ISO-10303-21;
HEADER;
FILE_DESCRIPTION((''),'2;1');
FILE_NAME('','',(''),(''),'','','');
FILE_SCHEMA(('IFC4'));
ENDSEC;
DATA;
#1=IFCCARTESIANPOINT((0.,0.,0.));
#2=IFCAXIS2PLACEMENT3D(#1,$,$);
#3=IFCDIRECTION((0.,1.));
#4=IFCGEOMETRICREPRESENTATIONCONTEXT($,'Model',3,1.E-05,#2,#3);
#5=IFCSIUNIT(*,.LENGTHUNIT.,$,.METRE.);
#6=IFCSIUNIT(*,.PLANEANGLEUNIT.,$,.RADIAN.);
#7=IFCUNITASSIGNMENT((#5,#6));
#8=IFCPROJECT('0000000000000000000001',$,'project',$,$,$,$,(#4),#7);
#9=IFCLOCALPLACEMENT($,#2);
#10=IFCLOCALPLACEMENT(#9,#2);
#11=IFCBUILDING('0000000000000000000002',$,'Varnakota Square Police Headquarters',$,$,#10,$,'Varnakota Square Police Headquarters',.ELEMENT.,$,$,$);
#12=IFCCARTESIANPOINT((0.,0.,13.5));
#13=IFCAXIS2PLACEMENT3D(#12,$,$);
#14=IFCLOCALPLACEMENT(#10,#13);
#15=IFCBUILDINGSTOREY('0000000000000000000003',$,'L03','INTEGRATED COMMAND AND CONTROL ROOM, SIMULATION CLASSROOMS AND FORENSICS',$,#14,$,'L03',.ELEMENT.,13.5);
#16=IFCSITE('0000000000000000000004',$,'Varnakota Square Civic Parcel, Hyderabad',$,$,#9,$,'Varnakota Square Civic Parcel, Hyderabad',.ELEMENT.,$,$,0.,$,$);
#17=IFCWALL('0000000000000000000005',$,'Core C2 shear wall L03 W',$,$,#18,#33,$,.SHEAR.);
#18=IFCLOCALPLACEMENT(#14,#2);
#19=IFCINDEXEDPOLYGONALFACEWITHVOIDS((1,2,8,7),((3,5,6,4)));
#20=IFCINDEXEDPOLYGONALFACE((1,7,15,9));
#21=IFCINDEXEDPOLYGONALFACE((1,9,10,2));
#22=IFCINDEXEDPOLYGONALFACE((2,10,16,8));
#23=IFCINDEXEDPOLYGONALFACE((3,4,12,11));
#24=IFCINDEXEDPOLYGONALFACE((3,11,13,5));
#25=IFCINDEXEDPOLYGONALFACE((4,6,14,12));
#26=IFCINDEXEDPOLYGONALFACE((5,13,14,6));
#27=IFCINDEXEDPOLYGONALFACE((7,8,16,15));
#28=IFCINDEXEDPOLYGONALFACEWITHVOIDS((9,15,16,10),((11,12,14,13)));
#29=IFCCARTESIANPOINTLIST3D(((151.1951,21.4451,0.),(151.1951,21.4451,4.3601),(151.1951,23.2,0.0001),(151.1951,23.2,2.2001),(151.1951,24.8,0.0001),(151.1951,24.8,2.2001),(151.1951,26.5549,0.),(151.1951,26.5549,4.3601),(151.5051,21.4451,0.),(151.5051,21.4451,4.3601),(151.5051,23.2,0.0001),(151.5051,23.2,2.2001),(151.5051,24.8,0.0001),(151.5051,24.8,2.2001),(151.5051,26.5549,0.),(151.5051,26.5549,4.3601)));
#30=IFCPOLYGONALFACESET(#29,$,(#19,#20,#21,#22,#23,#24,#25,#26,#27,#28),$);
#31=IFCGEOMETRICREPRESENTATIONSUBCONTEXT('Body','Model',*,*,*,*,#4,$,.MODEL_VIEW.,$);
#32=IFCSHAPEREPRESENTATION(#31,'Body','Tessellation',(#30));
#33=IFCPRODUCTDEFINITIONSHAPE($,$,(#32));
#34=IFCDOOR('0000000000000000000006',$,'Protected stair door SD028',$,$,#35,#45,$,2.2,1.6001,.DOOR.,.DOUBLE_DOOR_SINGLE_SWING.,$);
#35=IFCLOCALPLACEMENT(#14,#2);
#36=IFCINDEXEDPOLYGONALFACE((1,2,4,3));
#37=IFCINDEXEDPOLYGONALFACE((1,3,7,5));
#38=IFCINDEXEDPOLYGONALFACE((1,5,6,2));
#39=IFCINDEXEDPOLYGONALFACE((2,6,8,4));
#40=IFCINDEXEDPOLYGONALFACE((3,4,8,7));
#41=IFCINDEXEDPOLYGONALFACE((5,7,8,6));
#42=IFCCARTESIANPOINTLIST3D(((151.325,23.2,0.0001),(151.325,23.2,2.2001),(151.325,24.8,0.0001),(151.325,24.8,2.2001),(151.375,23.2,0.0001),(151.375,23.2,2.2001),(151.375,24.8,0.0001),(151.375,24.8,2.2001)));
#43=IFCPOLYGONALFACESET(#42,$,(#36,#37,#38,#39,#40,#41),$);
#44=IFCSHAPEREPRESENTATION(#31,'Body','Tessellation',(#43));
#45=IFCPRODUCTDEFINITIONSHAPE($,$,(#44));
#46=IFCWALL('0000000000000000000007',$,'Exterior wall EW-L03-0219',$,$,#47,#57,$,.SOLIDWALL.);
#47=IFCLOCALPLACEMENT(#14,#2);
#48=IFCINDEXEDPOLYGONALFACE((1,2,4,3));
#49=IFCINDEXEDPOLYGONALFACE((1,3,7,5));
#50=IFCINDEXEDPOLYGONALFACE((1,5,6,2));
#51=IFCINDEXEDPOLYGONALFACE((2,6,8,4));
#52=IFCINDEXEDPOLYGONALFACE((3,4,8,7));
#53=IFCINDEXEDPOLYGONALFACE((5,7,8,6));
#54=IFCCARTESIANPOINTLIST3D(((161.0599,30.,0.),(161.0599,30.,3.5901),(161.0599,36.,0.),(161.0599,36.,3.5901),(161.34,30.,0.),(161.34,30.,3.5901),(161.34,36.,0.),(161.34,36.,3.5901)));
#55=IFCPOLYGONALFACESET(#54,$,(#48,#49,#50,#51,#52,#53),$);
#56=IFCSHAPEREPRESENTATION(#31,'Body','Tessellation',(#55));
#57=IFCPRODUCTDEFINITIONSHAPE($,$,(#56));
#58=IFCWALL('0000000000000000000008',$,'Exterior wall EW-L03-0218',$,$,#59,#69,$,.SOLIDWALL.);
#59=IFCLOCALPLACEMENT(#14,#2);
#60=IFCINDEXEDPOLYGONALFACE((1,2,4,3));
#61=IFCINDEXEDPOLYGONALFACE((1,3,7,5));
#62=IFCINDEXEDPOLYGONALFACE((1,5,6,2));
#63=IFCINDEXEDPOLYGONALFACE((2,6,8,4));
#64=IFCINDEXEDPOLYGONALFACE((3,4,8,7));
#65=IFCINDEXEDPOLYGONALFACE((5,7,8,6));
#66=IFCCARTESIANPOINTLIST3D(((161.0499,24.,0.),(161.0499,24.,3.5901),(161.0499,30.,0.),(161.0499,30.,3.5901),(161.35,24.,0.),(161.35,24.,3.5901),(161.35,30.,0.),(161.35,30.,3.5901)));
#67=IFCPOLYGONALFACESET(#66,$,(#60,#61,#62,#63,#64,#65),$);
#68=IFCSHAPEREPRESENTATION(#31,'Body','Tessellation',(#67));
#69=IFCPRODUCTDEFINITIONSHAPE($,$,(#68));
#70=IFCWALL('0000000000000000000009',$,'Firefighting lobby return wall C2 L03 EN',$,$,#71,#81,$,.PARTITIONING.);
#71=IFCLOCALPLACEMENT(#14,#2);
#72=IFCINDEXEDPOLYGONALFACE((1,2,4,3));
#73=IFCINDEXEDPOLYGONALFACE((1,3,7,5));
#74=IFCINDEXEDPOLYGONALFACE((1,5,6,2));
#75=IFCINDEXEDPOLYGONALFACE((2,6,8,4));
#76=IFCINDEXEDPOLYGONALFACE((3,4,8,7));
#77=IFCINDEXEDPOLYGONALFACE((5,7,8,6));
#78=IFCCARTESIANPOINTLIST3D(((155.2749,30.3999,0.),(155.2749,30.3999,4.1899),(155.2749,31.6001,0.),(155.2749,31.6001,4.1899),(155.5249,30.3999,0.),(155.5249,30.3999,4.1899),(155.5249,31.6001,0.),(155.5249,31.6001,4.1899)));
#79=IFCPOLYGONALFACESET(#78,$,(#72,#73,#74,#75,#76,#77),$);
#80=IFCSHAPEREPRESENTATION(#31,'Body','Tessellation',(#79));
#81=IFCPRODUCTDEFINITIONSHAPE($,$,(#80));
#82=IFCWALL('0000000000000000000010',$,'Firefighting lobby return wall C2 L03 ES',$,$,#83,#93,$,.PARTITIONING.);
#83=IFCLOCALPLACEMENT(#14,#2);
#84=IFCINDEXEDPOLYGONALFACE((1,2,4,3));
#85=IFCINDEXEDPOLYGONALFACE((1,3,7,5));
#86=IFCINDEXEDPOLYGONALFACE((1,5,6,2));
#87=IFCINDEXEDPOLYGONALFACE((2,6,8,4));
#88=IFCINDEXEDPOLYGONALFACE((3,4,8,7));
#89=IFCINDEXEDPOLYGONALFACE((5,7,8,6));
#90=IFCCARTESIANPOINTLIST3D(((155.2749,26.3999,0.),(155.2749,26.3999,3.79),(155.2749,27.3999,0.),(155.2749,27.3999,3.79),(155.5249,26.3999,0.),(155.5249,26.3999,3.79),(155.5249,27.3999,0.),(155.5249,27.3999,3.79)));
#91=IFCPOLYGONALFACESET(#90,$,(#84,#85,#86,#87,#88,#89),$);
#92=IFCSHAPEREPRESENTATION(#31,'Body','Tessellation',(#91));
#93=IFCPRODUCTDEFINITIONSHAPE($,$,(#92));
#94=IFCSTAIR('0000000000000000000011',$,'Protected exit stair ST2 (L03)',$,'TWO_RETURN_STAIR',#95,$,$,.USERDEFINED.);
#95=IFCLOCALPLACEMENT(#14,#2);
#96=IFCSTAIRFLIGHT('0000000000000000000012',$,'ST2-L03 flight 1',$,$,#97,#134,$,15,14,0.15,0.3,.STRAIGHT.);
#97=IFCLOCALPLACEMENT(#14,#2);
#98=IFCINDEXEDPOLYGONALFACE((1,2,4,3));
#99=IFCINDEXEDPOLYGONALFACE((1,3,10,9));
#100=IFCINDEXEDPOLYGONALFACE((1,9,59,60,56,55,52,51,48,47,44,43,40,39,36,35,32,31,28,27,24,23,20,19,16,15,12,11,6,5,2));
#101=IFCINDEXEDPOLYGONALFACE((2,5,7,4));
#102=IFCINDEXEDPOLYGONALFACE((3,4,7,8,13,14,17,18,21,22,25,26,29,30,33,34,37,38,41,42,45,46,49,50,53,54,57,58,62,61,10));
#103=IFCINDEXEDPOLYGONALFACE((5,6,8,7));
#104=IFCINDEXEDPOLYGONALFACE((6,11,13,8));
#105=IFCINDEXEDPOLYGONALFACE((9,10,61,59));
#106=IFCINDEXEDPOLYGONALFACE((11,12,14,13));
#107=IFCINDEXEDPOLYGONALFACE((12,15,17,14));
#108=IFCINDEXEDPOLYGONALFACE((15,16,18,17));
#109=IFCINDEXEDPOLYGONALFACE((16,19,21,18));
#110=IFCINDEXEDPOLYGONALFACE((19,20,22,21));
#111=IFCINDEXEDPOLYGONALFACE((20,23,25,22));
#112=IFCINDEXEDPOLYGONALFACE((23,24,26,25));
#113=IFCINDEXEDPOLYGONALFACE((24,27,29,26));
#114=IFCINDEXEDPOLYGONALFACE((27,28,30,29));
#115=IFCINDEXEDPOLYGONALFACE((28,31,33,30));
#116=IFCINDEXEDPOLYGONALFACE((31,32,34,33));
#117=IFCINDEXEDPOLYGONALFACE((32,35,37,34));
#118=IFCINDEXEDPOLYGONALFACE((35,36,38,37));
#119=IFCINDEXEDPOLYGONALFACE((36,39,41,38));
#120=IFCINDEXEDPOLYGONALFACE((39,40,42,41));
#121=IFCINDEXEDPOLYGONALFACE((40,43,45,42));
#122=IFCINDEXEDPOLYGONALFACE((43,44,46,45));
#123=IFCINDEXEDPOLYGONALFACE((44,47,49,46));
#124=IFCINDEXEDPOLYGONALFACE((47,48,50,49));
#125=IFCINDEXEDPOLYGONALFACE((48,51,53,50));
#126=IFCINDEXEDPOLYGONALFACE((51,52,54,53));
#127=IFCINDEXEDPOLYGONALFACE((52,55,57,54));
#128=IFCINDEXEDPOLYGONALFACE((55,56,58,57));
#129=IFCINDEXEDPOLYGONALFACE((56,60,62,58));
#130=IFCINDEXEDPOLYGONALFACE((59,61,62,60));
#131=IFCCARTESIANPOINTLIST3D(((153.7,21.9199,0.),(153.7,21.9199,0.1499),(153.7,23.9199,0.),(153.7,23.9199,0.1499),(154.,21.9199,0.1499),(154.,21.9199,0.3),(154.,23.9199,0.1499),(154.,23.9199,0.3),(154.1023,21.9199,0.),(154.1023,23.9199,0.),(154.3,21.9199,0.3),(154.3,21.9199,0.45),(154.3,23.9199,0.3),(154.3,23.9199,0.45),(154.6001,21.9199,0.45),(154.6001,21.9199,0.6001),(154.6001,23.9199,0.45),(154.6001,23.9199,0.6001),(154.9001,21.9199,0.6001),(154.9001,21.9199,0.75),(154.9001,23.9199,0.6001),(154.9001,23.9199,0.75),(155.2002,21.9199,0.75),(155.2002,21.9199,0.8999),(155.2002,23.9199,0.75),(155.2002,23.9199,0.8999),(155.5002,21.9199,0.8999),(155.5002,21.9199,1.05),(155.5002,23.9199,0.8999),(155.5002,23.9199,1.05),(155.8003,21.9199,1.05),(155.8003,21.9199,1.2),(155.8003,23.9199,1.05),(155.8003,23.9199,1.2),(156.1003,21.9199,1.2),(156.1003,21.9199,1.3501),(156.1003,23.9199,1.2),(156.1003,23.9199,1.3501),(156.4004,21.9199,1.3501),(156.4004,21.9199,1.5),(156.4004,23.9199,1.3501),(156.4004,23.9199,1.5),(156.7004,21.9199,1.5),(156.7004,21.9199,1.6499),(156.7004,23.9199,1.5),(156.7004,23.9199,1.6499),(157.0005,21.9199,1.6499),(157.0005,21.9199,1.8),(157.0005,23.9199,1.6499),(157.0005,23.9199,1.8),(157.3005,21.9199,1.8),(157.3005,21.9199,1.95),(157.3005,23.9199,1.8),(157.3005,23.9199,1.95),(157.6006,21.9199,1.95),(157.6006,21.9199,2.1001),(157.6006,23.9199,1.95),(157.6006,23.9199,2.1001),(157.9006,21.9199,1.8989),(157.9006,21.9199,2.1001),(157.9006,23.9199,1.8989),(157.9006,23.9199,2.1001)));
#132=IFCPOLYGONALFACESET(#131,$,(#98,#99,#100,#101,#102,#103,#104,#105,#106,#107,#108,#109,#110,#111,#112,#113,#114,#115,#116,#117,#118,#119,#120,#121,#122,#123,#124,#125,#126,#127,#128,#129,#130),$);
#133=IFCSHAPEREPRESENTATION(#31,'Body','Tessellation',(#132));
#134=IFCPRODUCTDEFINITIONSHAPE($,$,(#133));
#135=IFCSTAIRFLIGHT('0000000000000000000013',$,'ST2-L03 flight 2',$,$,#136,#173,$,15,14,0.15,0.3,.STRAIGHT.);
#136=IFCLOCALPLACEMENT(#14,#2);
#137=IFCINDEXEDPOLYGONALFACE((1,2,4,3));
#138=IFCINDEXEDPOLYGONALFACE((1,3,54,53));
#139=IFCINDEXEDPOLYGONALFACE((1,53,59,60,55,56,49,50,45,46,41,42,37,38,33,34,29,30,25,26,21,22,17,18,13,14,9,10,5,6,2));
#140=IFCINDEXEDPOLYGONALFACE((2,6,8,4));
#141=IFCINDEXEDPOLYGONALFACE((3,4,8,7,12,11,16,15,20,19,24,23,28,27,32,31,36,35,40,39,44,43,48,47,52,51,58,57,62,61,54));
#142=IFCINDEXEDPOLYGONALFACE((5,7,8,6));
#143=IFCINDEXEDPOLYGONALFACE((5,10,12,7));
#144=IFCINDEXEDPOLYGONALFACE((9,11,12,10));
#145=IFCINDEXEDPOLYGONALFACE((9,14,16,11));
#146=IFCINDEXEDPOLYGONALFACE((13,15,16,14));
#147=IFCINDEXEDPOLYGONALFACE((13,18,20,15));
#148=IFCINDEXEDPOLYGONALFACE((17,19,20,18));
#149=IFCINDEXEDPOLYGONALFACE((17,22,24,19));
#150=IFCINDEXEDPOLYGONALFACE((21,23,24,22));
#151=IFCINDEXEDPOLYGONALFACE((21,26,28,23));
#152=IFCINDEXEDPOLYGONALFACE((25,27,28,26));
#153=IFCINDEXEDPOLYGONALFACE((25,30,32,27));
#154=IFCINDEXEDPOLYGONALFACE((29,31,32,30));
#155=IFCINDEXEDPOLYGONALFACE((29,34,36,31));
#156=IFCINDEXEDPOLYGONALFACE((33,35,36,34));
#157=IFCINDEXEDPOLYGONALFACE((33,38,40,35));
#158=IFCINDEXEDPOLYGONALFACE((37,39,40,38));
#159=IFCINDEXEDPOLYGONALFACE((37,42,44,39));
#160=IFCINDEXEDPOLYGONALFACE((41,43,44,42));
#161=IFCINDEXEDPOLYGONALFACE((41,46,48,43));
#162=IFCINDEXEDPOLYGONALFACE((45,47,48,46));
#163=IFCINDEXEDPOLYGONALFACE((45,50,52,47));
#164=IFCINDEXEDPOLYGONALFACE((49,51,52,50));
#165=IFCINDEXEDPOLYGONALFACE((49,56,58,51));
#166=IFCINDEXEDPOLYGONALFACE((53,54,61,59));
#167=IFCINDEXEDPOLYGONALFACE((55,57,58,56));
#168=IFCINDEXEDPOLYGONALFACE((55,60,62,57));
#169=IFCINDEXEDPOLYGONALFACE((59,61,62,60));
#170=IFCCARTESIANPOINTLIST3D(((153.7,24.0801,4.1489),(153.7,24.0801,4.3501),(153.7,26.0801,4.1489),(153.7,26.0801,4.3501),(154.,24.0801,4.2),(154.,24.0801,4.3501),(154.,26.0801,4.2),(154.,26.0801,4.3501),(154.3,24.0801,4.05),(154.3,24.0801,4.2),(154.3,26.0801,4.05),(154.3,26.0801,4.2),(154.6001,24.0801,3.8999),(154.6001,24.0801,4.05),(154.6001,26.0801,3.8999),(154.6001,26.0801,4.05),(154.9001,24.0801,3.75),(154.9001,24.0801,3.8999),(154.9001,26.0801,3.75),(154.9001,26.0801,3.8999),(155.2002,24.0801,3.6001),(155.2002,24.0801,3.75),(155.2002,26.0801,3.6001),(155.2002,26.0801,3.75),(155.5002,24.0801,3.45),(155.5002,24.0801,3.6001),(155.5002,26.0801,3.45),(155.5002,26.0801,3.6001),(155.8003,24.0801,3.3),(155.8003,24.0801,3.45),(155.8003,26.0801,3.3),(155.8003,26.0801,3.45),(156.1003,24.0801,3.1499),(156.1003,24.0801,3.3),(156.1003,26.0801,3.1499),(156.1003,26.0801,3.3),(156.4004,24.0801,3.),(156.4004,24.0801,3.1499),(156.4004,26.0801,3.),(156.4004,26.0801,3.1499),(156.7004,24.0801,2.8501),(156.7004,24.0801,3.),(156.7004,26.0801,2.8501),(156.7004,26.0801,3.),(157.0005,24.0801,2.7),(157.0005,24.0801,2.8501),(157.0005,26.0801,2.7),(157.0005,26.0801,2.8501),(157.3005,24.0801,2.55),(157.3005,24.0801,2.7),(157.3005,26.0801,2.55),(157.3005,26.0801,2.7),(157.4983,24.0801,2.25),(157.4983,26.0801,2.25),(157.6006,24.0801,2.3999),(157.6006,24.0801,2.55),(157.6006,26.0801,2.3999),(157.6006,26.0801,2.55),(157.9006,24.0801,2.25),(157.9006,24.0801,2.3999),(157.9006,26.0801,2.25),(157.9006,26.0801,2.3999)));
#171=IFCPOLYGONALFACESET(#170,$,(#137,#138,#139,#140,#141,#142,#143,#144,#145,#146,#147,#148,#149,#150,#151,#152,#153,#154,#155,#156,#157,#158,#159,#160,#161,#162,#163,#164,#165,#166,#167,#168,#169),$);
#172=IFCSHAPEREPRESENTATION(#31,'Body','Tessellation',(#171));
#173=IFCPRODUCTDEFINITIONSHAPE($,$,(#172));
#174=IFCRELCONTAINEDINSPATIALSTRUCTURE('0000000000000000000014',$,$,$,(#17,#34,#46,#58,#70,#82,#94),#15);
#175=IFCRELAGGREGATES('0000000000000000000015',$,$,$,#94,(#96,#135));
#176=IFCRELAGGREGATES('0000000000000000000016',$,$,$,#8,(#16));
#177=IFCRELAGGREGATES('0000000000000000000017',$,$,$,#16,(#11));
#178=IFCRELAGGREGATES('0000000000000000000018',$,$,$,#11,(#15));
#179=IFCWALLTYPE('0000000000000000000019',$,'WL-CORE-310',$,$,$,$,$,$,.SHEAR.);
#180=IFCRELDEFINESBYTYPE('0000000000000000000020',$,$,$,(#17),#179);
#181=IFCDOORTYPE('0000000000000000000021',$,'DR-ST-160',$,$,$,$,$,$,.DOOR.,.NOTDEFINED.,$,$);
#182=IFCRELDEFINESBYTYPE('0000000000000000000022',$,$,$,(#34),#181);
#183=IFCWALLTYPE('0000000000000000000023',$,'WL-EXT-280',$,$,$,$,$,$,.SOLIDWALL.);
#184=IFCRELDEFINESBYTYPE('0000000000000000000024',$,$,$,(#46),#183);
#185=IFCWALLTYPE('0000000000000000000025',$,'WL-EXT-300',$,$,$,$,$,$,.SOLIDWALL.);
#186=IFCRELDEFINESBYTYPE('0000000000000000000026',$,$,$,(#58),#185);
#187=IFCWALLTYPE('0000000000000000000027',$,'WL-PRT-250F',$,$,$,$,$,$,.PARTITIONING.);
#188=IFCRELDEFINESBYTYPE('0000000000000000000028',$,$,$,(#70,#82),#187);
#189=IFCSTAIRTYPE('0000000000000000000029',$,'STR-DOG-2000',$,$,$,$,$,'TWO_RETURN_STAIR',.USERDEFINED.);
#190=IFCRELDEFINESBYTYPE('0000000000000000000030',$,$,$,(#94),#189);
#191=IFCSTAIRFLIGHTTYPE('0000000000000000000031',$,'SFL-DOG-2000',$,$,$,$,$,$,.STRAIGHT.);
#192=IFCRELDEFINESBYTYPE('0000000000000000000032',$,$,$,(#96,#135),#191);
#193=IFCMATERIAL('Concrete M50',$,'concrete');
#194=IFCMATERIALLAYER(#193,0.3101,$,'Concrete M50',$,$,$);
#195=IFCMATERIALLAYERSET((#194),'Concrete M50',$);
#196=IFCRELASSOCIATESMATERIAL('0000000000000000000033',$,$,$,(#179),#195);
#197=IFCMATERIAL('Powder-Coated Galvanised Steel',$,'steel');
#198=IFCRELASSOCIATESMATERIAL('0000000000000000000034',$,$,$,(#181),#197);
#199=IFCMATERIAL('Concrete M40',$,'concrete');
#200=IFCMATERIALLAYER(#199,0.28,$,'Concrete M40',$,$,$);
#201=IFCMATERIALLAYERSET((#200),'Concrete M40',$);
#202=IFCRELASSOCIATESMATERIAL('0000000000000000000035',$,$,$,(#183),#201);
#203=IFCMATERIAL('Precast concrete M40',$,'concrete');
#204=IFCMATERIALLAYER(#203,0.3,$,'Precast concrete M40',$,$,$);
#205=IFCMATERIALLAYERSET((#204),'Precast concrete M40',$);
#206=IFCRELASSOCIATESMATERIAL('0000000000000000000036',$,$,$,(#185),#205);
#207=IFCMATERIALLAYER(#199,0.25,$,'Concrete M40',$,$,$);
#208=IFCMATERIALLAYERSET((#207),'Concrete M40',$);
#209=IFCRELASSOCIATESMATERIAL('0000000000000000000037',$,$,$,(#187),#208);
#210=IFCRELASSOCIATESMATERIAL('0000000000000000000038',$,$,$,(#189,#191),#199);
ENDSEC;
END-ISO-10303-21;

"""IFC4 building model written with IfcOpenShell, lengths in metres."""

from ifc_helpers import new_model, si_unit, direction, frame, frame_2d, origin, place, context, subcontext, project, spatial, polyline, rectangle, outline, extrude, material, layer, layer_set, type_object, element, fill, aggregate, save


model = new_model("IFC4")

# Units and contexts
model_context = context("Model", 3, precision=1e-05, world=origin(), true_north=direction((0.0, 1.0)))
body_context = subcontext(model_context, "Body", "Model", "MODEL_VIEW")
ifc_project = project(units=[si_unit("LENGTHUNIT", "METRE"), si_unit("PLANEANGLEUNIT", "RADIAN")], contexts=[model_context])

# Site, building, storey
site_placement = place(None, origin())
site = spatial("IfcSite", under=ifc_project, at=site_placement, Name="Varnakota Square Civic Parcel, Hyderabad", LongName="Varnakota Square Civic Parcel, Hyderabad", CompositionType="ELEMENT", RefElevation=0.0)
building_placement = place(site_placement, origin())
building = spatial("IfcBuilding", under=site, at=building_placement, Name="Varnakota Square Police Headquarters", LongName="Varnakota Square Police Headquarters", CompositionType="ELEMENT")
storey_placement = place(building_placement, frame((0.0, 0.0, 13.5)))
storey = spatial("IfcBuildingStorey", under=building, at=storey_placement, Name="L03", Description="INTEGRATED COMMAND AND CONTROL ROOM, SIMULATION CLASSROOMS AND FORENSICS", LongName="L03", CompositionType="ELEMENT", Elevation=13.5)

# Shared definitions
ifc_material_1 = material(Name="Concrete M40", Category="concrete")

# Shared definitions
ifc_material_2 = material(Name="Concrete M50", Category="concrete")
ifc_layer_1 = layer(ifc_material_2, 0.3101, Name="Concrete M50")
ifc_layer_set_1 = layer_set([ifc_layer_1], Name="Concrete M50")
wall_type_1 = type_object("IfcWallType", Name="WL-CORE-310", PredefinedType="SHEAR", material=ifc_layer_set_1)

# Wall, opening, door
wall_1_placement = place(storey_placement, frame((151.3501, 26.5549, 0.0), z_axis=(0.0, 0.0, 1.0), x_axis=(0.0, -1.0, 0.0)))
wall_1 = element("IfcWall", 1, at=wall_1_placement, inside=storey, type_object=wall_type_1, Name="Core C2 shear wall L03 W", PredefinedType="SHEAR", context=body_context, shape_type="SweptSolid", body=[
    extrude(rectangle(XDim=5.1099, YDim=0.3101, at=frame_2d((2.5549, 0.0))), origin(), (0.0, 0.0, 1.0), 4.3601),
])
opening_1_placement = place(wall_1_placement, frame((1.7549, 0.0, 0.0)))
opening_1 = element("IfcOpeningElement", 2, at=opening_1_placement, cuts=wall_1, PredefinedType="OPENING", context=body_context, shape_type="SweptSolid", body=[
    extrude(rectangle(XDim=1.6001, YDim=2.2, at=frame_2d((0.8, 1.1001))), frame((0.0, 0.165, 0.0), z_axis=(0.0, -1.0, 0.0), x_axis=(1.0, 0.0, 0.0)), (0.0, 0.0, 1.0), 0.3301),
])
ifc_material_3 = material(Name="Powder-Coated Galvanised Steel", Category="steel")
door_type_1 = type_object("IfcDoorType", Name="DR-ST-160", OperationType="NOTDEFINED", PredefinedType="DOOR", material=ifc_material_3)
door_1_placement = place(opening_1_placement, origin())
door_1 = element("IfcDoor", 3, at=door_1_placement, inside=storey, type_object=door_type_1, Name="Protected stair door SD028", OperationType="DOUBLE_DOOR_SINGLE_SWING", OverallHeight=2.2, OverallWidth=1.6001, PredefinedType="DOOR", context=body_context, shape_type="SweptSolid", body=[
    extrude(rectangle(XDim=1.6001, YDim=2.2, at=frame_2d((0.8, 1.1001))), frame((0.0, 0.0249, 0.0), z_axis=(0.0, -1.0, 0.0), x_axis=(1.0, 0.0, 0.0)), (0.0, 0.0, 1.0), 0.05),
])
fill(opening_1, door_1)

# Walls
ifc_layer_2 = layer(ifc_material_1, 0.28, Name="Concrete M40")
ifc_layer_set_2 = layer_set([ifc_layer_2], Name="Concrete M40")
wall_type_2 = type_object("IfcWallType", Name="WL-EXT-280", PredefinedType="SOLIDWALL", material=ifc_layer_set_2)
wall_2_placement = place(storey_placement, frame((161.2, 30.0, 0.0), z_axis=(0.0, 0.0, 1.0), x_axis=(0.0, 1.0, 0.0)))
element("IfcWall", 4, at=wall_2_placement, inside=storey, type_object=wall_type_2, Name="Exterior wall EW-L03-0219", PredefinedType="SOLIDWALL", context=body_context, shape_type="SweptSolid", body=[
    extrude(rectangle(XDim=6.0, YDim=0.28, at=frame_2d((3.0, 0.0))), origin(), (0.0, 0.0, 1.0), 3.5901),
])
ifc_material_4 = material(Name="Precast concrete M40", Category="concrete")
ifc_layer_3 = layer(ifc_material_4, 0.3, Name="Precast concrete M40")
ifc_layer_set_3 = layer_set([ifc_layer_3], Name="Precast concrete M40")
wall_type_3 = type_object("IfcWallType", Name="WL-EXT-300", PredefinedType="SOLIDWALL", material=ifc_layer_set_3)
wall_3_placement = place(storey_placement, frame((161.2, 24.0, 0.0), z_axis=(0.0, 0.0, 1.0), x_axis=(0.0, 1.0, 0.0)))
element("IfcWall", 5, at=wall_3_placement, inside=storey, type_object=wall_type_3, Name="Exterior wall EW-L03-0218", PredefinedType="SOLIDWALL", context=body_context, shape_type="SweptSolid", body=[
    extrude(rectangle(XDim=6.0, YDim=0.3, at=frame_2d((3.0, 0.0))), origin(), (0.0, 0.0, 1.0), 3.5901),
])

# Shared definitions
ifc_layer_4 = layer(ifc_material_1, 0.25, Name="Concrete M40")
ifc_layer_set_4 = layer_set([ifc_layer_4], Name="Concrete M40")
wall_type_4 = type_object("IfcWallType", Name="WL-PRT-250F", PredefinedType="PARTITIONING", material=ifc_layer_set_4)

# Walls
wall_4_placement = place(storey_placement, frame((155.3999, 30.3999, 0.0), z_axis=(0.0, 0.0, 1.0), x_axis=(0.0, 1.0, 0.0)))
element("IfcWall", 6, at=wall_4_placement, inside=storey, type_object=wall_type_4, Name="Firefighting lobby return wall C2 L03 EN", PredefinedType="PARTITIONING", context=body_context, shape_type="SweptSolid", body=[
    extrude(rectangle(XDim=1.2002, YDim=0.25, at=frame_2d((0.6001, 0.0))), origin(), (0.0, 0.0, 1.0), 4.1899),
])
wall_5_placement = place(storey_placement, frame((155.3999, 26.3999, 0.0), z_axis=(0.0, 0.0, 1.0), x_axis=(0.0, 1.0, 0.0)))
element("IfcWall", 7, at=wall_5_placement, inside=storey, type_object=wall_type_4, Name="Firefighting lobby return wall C2 L03 ES", PredefinedType="PARTITIONING", context=body_context, shape_type="SweptSolid", body=[
    extrude(rectangle(XDim=1.0, YDim=0.25, at=frame_2d((0.5, 0.0))), origin(), (0.0, 0.0, 1.0), 3.79),
])

# Stair, stair flights
stair_type = type_object("IfcStairType", Name="STR-DOG-2000", ElementType="TWO_RETURN_STAIR", PredefinedType="USERDEFINED", material=ifc_material_1)
stair_placement = place(storey_placement, origin())
stair = element("IfcStair", 8, at=stair_placement, inside=storey, type_object=stair_type, Name="Protected exit stair ST2 (L03)", ObjectType="TWO_RETURN_STAIR", PredefinedType="USERDEFINED")
stair_flight_type = type_object("IfcStairFlightType", Name="SFL-DOG-2000", PredefinedType="STRAIGHT", material=ifc_material_1)
stair_flight_1_placement = place(storey_placement, frame((153.7, 22.9199, 0.0), z_axis=(0.0, 0.0, 1.0), x_axis=(1.0, 0.0, 0.0)))
stair_flight_1 = element("IfcStairFlight", 9, at=stair_flight_1_placement, type_object=stair_flight_type, Name="ST2-L03 flight 1", NumberOfRisers=15, NumberOfTreads=14, PredefinedType="STRAIGHT", RiserHeight=0.15, TreadLength=0.3, context=body_context, shape_type="SweptSolid", body=[
    extrude(outline(polyline([(0.0, 0.0), (0.0, 0.1499), (0.3, 0.1499), (0.3, 0.3), (0.6001, 0.3), (0.6001, 0.45), (0.9001, 0.45), (0.9001, 0.6001), (1.2002, 0.6001), (1.2002, 0.75), (1.5002, 0.75), (1.5002, 0.8999), (1.8003, 0.8999), (1.8003, 1.05), (2.1003, 1.05), (2.1003, 1.2), (2.4004, 1.2), (2.4004, 1.3501), (2.7004, 1.3501), (2.7004, 1.5), (3.0005, 1.5), (3.0005, 1.6499), (3.3005, 1.6499), (3.3005, 1.8), (3.6006, 1.8), (3.6006, 1.95), (3.9006, 1.95), (3.9006, 2.1001), (4.2007, 2.1001), (4.2007, 2.25), (4.2007, 1.8989), (0.4023, 0.0), (0.0, 0.0)])), frame((0.0, 1.0, 0.0), z_axis=(0.0, -1.0, 0.0), x_axis=(1.0, 0.0, 0.0)), (0.0, 0.0, 1.0), 2.0),
])
stair_flight_2_placement = place(storey_placement, frame((157.9006, 25.0801, 2.25), z_axis=(0.0, 0.0, 1.0), x_axis=(-1.0, 0.0, 0.0)))
stair_flight_2 = element("IfcStairFlight", 10, at=stair_flight_2_placement, type_object=stair_flight_type, Name="ST2-L03 flight 2", NumberOfRisers=15, NumberOfTreads=14, PredefinedType="STRAIGHT", RiserHeight=0.15, TreadLength=0.3, context=body_context, shape_type="SweptSolid", body=[
    extrude(outline(polyline([(0.0, 0.0), (0.0, 0.1499), (0.3, 0.1499), (0.3, 0.3), (0.6001, 0.3), (0.6001, 0.45), (0.9001, 0.45), (0.9001, 0.6001), (1.2002, 0.6001), (1.2002, 0.75), (1.5002, 0.75), (1.5002, 0.8999), (1.8003, 0.8999), (1.8003, 1.05), (2.1003, 1.05), (2.1003, 1.2), (2.4004, 1.2), (2.4004, 1.3501), (2.7004, 1.3501), (2.7004, 1.5), (3.0005, 1.5), (3.0005, 1.6499), (3.3005, 1.6499), (3.3005, 1.8), (3.6006, 1.8), (3.6006, 1.95), (3.9006, 1.95), (3.9006, 2.1001), (4.2007, 2.1001), (4.2007, 2.25), (4.2007, 1.8989), (0.4023, 0.0), (0.0, 0.0)])), frame((0.0, 1.0, 0.0), z_axis=(0.0, -1.0, 0.0), x_axis=(1.0, 0.0, 0.0)), (0.0, 0.0, 1.0), 2.0),
])
aggregate(stair, [stair_flight_1, stair_flight_2])

save(model, "model.ifc")
